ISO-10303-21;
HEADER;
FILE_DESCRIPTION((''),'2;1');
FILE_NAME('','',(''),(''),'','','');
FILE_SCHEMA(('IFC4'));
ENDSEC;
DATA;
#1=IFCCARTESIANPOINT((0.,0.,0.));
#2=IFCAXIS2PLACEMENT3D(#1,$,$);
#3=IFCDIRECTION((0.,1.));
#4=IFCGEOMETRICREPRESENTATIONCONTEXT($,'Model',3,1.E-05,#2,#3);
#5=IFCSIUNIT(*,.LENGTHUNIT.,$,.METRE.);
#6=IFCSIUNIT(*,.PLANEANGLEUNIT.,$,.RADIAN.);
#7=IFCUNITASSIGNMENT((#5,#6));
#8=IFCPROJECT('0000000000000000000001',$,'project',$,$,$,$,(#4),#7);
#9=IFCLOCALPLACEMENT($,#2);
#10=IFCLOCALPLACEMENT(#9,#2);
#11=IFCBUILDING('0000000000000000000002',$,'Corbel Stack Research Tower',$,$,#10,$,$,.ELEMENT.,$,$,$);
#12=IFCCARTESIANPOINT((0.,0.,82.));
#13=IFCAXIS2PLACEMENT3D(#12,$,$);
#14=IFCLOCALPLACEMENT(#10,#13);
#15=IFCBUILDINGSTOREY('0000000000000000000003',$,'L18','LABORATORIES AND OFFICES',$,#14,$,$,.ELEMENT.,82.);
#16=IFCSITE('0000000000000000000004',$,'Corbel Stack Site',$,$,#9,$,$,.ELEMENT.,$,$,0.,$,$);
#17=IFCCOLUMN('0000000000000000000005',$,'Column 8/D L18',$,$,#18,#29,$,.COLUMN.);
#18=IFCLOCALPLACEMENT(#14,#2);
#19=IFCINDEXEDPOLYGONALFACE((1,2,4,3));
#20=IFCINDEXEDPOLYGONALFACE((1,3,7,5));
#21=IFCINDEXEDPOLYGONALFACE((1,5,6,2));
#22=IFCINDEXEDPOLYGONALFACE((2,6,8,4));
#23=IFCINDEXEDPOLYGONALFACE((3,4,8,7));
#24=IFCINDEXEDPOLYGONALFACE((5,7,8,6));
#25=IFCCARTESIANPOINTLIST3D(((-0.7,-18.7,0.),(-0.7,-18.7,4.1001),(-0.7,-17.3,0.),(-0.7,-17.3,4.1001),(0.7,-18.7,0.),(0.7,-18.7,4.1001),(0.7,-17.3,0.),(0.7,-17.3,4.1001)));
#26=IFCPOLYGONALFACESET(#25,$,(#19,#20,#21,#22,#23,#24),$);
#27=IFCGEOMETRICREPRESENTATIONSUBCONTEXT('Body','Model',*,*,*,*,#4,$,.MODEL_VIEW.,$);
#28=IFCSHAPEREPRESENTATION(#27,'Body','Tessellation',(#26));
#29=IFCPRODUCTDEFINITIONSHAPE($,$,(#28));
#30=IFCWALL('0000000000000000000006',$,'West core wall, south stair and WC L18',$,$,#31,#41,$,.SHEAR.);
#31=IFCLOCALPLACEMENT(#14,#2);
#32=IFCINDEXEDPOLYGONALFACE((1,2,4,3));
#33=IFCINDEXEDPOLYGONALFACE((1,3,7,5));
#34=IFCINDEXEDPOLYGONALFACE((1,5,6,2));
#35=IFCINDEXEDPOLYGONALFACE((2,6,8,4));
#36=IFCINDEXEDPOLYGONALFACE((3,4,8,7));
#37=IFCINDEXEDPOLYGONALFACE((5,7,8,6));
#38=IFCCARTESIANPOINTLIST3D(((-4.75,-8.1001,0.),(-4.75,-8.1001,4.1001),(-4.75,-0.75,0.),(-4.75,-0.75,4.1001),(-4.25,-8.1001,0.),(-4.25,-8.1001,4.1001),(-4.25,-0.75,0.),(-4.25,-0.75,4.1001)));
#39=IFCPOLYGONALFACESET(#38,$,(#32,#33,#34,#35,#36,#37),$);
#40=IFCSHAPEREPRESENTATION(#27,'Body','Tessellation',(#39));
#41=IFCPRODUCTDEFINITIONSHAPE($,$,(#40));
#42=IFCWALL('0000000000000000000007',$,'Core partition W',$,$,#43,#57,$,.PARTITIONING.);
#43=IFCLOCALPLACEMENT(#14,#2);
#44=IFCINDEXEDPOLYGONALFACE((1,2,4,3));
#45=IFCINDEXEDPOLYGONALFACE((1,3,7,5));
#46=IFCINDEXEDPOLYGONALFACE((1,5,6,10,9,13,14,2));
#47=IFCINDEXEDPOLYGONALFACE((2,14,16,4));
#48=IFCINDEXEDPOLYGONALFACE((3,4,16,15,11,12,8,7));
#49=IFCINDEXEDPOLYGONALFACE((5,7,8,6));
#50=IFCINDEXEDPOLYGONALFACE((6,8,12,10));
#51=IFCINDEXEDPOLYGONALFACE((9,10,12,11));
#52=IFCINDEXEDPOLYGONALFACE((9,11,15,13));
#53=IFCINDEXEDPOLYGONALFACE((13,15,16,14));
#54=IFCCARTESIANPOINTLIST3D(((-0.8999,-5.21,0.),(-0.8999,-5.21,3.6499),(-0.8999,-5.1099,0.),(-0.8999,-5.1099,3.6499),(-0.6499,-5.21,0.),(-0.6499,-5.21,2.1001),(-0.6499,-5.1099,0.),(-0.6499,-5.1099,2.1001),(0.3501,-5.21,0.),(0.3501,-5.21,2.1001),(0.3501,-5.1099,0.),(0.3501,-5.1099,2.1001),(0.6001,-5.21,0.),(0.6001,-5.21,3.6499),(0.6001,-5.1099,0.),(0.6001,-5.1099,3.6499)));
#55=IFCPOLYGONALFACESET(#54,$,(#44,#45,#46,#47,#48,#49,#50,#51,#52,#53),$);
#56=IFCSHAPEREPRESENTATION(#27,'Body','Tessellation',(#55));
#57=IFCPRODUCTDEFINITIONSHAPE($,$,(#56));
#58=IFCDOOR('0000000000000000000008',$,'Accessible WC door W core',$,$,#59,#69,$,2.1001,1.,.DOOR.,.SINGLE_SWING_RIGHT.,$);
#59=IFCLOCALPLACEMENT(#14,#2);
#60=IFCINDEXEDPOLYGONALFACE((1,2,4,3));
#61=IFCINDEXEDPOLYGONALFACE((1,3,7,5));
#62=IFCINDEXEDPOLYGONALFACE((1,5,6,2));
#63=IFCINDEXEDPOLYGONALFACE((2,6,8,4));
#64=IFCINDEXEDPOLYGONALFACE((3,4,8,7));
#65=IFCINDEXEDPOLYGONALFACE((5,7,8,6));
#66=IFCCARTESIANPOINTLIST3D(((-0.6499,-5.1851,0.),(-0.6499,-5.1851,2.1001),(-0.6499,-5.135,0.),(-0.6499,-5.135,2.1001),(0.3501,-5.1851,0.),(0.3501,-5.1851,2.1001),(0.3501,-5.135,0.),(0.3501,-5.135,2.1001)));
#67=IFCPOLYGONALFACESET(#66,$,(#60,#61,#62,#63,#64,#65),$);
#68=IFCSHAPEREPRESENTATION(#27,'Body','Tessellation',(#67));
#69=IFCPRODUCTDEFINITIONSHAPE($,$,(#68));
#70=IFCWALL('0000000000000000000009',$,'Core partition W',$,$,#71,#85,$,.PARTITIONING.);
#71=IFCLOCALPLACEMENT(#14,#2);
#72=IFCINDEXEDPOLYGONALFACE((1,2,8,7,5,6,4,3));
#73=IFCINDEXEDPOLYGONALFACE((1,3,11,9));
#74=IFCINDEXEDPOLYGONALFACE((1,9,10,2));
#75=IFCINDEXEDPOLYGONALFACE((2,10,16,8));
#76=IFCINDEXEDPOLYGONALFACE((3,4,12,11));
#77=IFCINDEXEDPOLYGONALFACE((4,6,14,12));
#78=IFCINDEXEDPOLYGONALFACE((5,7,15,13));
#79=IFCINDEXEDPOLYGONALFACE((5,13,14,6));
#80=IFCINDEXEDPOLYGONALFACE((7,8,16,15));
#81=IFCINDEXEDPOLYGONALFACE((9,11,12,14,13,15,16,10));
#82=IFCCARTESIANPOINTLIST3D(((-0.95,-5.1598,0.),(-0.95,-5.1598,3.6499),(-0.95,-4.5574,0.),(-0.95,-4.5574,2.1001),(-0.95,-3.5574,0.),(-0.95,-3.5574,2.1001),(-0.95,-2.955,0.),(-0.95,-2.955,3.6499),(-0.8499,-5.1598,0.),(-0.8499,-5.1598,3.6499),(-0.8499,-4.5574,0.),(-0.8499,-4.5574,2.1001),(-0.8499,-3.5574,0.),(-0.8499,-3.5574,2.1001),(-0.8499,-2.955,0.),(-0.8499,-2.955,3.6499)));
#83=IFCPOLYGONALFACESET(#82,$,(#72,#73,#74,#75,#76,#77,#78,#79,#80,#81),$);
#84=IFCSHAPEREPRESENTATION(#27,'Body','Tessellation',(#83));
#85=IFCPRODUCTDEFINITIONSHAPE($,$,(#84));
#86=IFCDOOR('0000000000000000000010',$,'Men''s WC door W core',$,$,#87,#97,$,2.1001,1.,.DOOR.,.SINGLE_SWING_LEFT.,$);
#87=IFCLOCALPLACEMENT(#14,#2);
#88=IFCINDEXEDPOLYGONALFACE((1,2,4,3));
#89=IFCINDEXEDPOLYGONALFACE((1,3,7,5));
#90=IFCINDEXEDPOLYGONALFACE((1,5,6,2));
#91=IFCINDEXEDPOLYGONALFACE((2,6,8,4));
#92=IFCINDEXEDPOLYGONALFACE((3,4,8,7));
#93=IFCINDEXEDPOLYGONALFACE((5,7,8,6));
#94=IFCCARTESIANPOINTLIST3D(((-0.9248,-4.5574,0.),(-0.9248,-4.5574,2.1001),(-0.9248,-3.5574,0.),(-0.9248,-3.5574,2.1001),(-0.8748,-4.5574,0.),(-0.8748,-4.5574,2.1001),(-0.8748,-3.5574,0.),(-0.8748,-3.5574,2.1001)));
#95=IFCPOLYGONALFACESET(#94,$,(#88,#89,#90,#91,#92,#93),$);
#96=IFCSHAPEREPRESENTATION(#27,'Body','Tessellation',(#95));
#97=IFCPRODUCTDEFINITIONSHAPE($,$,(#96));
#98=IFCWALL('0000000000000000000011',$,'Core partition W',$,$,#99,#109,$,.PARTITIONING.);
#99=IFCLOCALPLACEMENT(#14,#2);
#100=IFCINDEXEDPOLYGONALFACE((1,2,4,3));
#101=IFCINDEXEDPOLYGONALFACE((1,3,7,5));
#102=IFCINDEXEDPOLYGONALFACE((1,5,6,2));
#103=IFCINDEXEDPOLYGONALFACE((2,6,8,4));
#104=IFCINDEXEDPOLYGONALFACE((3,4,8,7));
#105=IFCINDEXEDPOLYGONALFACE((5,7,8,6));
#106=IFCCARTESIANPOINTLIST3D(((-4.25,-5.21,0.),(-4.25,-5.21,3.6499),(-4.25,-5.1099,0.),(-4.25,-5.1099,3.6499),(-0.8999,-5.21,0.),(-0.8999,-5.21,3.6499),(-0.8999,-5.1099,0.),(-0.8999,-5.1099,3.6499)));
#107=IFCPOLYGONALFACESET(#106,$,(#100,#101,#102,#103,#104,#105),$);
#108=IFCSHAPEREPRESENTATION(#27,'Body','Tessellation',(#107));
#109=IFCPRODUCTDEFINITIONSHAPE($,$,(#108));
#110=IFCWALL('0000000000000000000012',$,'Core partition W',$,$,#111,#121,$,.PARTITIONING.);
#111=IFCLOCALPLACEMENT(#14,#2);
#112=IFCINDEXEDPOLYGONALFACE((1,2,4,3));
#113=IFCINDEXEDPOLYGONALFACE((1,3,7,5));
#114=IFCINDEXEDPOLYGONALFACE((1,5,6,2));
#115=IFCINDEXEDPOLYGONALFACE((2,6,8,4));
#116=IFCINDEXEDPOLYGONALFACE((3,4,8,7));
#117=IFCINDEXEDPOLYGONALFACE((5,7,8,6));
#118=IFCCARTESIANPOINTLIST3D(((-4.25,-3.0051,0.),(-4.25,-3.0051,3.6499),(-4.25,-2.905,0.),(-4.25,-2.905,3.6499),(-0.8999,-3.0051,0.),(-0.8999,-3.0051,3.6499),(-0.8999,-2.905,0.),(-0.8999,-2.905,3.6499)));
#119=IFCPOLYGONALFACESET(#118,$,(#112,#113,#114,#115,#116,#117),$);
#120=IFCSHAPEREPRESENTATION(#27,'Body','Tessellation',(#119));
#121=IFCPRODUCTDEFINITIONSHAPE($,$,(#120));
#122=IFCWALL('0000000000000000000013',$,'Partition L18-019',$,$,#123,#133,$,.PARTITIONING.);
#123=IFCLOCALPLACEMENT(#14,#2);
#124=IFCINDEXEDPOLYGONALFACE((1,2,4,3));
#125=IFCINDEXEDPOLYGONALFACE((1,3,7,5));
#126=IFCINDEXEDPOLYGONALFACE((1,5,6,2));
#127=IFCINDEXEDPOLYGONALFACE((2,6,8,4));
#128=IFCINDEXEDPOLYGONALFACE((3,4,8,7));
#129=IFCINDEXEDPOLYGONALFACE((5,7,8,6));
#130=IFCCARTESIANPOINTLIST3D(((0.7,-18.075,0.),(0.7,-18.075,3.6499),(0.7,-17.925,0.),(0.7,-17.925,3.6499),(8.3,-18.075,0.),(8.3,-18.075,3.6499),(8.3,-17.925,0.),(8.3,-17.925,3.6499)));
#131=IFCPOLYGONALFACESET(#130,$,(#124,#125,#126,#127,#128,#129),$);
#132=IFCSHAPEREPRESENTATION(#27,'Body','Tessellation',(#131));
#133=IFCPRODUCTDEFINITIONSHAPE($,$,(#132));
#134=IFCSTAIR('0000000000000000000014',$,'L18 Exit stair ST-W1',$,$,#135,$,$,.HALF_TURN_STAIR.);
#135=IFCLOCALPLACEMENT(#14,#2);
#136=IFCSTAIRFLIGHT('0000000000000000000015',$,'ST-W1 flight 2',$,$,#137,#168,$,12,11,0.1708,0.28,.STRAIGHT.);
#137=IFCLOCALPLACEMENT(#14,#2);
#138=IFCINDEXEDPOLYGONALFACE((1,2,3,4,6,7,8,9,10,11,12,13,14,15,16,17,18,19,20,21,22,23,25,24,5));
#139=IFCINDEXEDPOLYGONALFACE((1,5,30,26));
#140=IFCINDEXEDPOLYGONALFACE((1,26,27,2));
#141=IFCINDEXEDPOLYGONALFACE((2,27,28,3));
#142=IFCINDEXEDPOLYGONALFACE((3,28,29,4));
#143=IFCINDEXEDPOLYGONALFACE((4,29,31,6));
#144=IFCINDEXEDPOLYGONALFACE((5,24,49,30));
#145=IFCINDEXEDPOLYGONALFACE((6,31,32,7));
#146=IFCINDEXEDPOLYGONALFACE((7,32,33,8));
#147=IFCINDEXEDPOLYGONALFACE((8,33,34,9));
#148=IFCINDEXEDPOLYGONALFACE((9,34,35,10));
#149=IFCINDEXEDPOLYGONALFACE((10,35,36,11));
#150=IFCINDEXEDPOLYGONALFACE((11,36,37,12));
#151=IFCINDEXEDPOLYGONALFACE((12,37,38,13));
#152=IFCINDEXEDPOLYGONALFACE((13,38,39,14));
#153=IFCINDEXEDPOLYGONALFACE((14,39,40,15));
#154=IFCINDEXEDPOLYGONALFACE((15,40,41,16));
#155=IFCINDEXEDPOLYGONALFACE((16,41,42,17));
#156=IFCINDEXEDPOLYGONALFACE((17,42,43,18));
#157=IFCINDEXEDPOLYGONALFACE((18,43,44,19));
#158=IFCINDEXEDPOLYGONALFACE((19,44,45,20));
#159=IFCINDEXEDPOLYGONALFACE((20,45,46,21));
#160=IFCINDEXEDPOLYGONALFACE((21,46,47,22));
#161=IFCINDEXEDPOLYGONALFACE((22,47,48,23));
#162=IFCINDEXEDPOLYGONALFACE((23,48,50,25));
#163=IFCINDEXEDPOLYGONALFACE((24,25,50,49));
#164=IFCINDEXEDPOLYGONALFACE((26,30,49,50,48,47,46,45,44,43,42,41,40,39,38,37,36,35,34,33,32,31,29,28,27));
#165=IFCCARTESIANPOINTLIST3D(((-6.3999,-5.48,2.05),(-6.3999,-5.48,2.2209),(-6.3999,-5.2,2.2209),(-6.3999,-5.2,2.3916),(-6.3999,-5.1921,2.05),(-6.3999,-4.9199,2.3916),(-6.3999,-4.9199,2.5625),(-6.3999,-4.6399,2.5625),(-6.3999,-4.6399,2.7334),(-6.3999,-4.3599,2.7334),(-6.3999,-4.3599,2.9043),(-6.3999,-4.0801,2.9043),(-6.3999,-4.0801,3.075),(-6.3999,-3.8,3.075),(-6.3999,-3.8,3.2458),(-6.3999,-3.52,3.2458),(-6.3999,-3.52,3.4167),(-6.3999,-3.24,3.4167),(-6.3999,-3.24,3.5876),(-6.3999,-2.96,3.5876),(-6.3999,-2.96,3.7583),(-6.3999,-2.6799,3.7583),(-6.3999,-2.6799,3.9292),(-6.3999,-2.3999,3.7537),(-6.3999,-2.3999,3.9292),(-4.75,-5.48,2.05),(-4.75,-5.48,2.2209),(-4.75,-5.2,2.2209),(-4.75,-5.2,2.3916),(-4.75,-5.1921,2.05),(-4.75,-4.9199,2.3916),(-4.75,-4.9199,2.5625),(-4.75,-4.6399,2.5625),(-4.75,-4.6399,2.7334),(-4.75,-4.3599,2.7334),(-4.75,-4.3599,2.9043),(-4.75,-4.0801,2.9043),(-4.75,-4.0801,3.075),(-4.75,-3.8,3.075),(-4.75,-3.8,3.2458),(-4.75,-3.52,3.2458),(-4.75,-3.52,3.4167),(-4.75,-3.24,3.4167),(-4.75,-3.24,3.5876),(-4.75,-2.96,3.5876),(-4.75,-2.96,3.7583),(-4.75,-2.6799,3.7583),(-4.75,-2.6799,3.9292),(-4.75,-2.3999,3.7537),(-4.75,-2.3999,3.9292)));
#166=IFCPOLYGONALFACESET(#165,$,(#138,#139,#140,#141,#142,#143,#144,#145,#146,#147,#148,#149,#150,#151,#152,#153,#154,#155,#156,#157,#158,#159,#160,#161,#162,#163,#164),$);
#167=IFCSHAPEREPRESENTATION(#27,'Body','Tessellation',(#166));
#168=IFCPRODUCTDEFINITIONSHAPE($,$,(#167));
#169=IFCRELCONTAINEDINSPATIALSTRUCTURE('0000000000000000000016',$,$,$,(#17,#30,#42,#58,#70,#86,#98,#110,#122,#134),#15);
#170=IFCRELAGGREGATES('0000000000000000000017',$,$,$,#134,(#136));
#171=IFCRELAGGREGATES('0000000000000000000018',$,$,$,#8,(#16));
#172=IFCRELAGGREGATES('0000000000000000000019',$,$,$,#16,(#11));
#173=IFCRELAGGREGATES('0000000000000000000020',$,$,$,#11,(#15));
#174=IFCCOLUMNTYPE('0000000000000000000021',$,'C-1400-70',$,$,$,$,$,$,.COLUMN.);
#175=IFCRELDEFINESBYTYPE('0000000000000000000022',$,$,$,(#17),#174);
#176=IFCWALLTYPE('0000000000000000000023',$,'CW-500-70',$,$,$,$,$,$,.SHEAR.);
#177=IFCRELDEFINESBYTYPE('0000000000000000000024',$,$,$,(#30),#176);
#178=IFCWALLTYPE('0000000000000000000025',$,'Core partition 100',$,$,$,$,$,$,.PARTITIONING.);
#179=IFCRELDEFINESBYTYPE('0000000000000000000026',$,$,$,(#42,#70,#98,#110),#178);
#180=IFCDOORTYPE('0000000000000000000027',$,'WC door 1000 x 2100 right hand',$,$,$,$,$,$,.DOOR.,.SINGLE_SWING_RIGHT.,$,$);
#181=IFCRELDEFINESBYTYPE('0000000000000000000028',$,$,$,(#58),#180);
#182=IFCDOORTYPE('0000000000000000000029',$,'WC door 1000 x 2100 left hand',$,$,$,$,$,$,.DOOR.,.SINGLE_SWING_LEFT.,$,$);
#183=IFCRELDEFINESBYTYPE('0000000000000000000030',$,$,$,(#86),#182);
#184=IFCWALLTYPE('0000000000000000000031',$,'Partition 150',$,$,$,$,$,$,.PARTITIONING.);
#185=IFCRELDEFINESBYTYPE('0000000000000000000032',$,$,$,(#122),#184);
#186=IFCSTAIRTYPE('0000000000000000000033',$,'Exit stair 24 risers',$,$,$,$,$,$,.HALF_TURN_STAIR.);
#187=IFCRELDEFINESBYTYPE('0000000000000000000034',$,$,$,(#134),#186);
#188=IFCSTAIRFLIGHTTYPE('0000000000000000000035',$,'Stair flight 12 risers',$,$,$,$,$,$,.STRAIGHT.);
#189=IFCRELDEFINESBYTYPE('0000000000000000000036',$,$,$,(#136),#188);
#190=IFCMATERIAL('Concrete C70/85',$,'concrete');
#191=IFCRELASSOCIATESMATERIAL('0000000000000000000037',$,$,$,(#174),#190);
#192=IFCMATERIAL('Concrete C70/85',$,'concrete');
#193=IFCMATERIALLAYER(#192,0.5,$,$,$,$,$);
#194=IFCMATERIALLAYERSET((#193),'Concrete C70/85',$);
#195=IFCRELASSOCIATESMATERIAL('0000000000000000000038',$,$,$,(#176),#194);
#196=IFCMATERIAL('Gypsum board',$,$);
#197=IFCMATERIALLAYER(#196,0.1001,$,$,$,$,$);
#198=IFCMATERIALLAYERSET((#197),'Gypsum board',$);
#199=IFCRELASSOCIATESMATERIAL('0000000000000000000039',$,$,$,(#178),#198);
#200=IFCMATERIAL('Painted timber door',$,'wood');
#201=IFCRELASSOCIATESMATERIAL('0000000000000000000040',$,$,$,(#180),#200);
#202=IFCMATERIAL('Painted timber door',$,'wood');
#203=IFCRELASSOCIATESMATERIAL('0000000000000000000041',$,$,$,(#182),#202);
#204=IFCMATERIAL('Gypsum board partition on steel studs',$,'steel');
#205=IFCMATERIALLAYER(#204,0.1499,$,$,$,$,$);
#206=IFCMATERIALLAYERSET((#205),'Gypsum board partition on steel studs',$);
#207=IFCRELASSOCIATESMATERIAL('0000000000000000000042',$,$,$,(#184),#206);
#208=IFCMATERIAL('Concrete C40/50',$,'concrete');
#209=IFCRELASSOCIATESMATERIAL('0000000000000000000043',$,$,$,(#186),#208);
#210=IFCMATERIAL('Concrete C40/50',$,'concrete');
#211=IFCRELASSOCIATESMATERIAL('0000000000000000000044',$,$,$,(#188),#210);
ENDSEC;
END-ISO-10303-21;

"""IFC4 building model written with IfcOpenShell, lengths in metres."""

from ifc_helpers import new_model, si_unit, direction, frame, frame_2d, origin, origin_2d, place, context, subcontext, project, spatial, polyline, rectangle, outline, extrude, material, layer, layer_set, material_profile, profile_set, type_object, element, fill, aggregate, save


model = new_model("IFC4")

# Units and contexts
model_context = context("Model", 3, precision=1e-05, world=origin(), true_north=direction((0.0, 1.0)))
body_context = subcontext(model_context, "Body", "Model", "MODEL_VIEW")
ifc_project = project(units=[si_unit("LENGTHUNIT", "METRE"), si_unit("PLANEANGLEUNIT", "RADIAN")], contexts=[model_context])

# Site, building, storey
site_placement = place(None, origin())
site = spatial("IfcSite", under=ifc_project, at=site_placement, Name="Corbel Stack Site", CompositionType="ELEMENT", RefElevation=0.0)
building_placement = place(site_placement, origin())
building = spatial("IfcBuilding", under=site, at=building_placement, Name="Corbel Stack Research Tower", CompositionType="ELEMENT")
storey_placement = place(building_placement, frame((0.0, 0.0, 82.0)))
storey = spatial("IfcBuildingStorey", under=building, at=storey_placement, Name="L18", Description="LABORATORIES AND OFFICES", CompositionType="ELEMENT", Elevation=82.0)

# Column
ifc_material_1 = material(Name="Concrete C70/85", Category="concrete")
ifc_material_profile = material_profile(ifc_material_1, rectangle(XDim=1.3999, YDim=1.3999, at=origin_2d()), Name="RC 1400 x 1400")
ifc_profile_set = profile_set([ifc_material_profile], Name="Concrete C70/85")
column_type = type_object("IfcColumnType", Name="C-1400-70", PredefinedType="COLUMN", material=ifc_profile_set)
column_placement = place(storey_placement, frame((0.0, -18.0, 0.0), z_axis=(0.0, 0.0, 1.0), x_axis=(1.0, 0.0, 0.0)))
element("IfcColumn", 1, at=column_placement, inside=storey, type_object=column_type, Name="Column 8/D L18", PredefinedType="COLUMN", context=body_context, shape_type="SweptSolid", body=[
    extrude(rectangle(XDim=1.3999, YDim=1.3999, at=origin_2d()), origin(), (0.0, 0.0, 1.0), 4.1001),
])

# Wall
ifc_material_2 = material(Name="Concrete C70/85", Category="concrete")
ifc_layer_1 = layer(ifc_material_2, 0.5)
ifc_layer_set_1 = layer_set([ifc_layer_1], Name="Concrete C70/85")
wall_type_1 = type_object("IfcWallType", Name="CW-500-70", PredefinedType="SHEAR", material=ifc_layer_set_1)
wall_1_placement = place(storey_placement, frame((-4.5, -8.1001, 0.0), z_axis=(0.0, 0.0, 1.0), x_axis=(0.0, 1.0, 0.0)))
element("IfcWall", 2, at=wall_1_placement, inside=storey, type_object=wall_type_1, Name="West core wall, south stair and WC L18", PredefinedType="SHEAR", context=body_context, shape_type="SweptSolid", body=[
    extrude(rectangle(XDim=7.3501, YDim=0.5, at=frame_2d((3.675, 0.0))), origin(), (0.0, 0.0, 1.0), 4.1001),
])

# Walls, openings, doors
ifc_material_3 = material(Name="Gypsum board")
ifc_layer_2 = layer(ifc_material_3, 0.1001)
ifc_layer_set_2 = layer_set([ifc_layer_2], Name="Gypsum board")
wall_type_2 = type_object("IfcWallType", Name="Core partition 100", PredefinedType="PARTITIONING", material=ifc_layer_set_2)
wall_2_placement = place(storey_placement, frame((-0.8999, -5.1599, 0.0), z_axis=(0.0, 0.0, 1.0), x_axis=(1.0, 0.0, 0.0)))
wall_2 = element("IfcWall", 3, at=wall_2_placement, inside=storey, type_object=wall_type_2, Name="Core partition W", PredefinedType="PARTITIONING", context=body_context, shape_type="SweptSolid", body=[
    extrude(rectangle(XDim=1.5, YDim=0.1001, at=frame_2d((0.75, 0.0))), origin(), (0.0, 0.0, 1.0), 3.6499),
])
opening_1_placement = place(wall_2_placement, frame((0.25, 0.0, 0.0)))
opening_1 = element("IfcOpeningElement", 4, at=opening_1_placement, cuts=wall_2, PredefinedType="OPENING", context=body_context, shape_type="SweptSolid", body=[
    extrude(rectangle(XDim=1.0, YDim=2.1001, at=frame_2d((0.5, 1.05))), frame((0.0, 0.0601, 0.0), z_axis=(0.0, -1.0, 0.0), x_axis=(1.0, 0.0, 0.0)), (0.0, 0.0, 1.0), 0.1201),
])
ifc_material_4 = material(Name="Painted timber door", Category="wood")
door_type_1 = type_object("IfcDoorType", Name="WC door 1000 x 2100 right hand", OperationType="SINGLE_SWING_RIGHT", PredefinedType="DOOR", material=ifc_material_4)
door_1_placement = place(opening_1_placement, origin())
door_1 = element("IfcDoor", 5, at=door_1_placement, inside=storey, type_object=door_type_1, Name="Accessible WC door W core", OperationType="SINGLE_SWING_RIGHT", OverallHeight=2.1001, OverallWidth=1.0, PredefinedType="DOOR", context=body_context, shape_type="SweptSolid", body=[
    extrude(rectangle(XDim=1.0, YDim=2.1001, at=frame_2d((0.5, 1.05))), frame((0.0, 0.0249, 0.0), z_axis=(0.0, -1.0, 0.0), x_axis=(1.0, 0.0, 0.0)), (0.0, 0.0, 1.0), 0.05),
])
fill(opening_1, door_1)
wall_3_placement = place(storey_placement, frame((-0.8999, -5.1599, 0.0), z_axis=(0.0, 0.0, 1.0), x_axis=(0.0, 1.0, 0.0)))
wall_3 = element("IfcWall", 6, at=wall_3_placement, inside=storey, type_object=wall_type_2, Name="Core partition W", PredefinedType="PARTITIONING", context=body_context, shape_type="SweptSolid", body=[
    extrude(rectangle(XDim=2.2048, YDim=0.1001, at=frame_2d((1.1025, 0.0))), origin(), (0.0, 0.0, 1.0), 3.6499),
])
opening_2_placement = place(wall_3_placement, frame((0.6025, 0.0, 0.0)))
opening_2 = element("IfcOpeningElement", 7, at=opening_2_placement, cuts=wall_3, PredefinedType="OPENING", context=body_context, shape_type="SweptSolid", body=[
    extrude(rectangle(XDim=1.0, YDim=2.1001, at=frame_2d((0.5, 1.05))), frame((0.0, 0.0601, 0.0), z_axis=(0.0, -1.0, 0.0), x_axis=(1.0, 0.0, 0.0)), (0.0, 0.0, 1.0), 0.1201),
])
ifc_material_5 = material(Name="Painted timber door", Category="wood")
door_type_2 = type_object("IfcDoorType", Name="WC door 1000 x 2100 left hand", OperationType="SINGLE_SWING_LEFT", PredefinedType="DOOR", material=ifc_material_5)
door_2_placement = place(opening_2_placement, origin())
door_2 = element("IfcDoor", 8, at=door_2_placement, inside=storey, type_object=door_type_2, Name="Men's WC door W core", OperationType="SINGLE_SWING_LEFT", OverallHeight=2.1001, OverallWidth=1.0, PredefinedType="DOOR", context=body_context, shape_type="SweptSolid", body=[
    extrude(rectangle(XDim=1.0, YDim=2.1001, at=frame_2d((0.5, 1.05))), frame((0.0, 0.0249, 0.0), z_axis=(0.0, -1.0, 0.0), x_axis=(1.0, 0.0, 0.0)), (0.0, 0.0, 1.0), 0.05),
])
fill(opening_2, door_2)

# Walls
for number, where, z_axis, x_axis, name in (
    (9, (-4.25, -5.1599, 0.0), (0.0, 0.0, 1.0), (1.0, 0.0, 0.0), "Core partition W"),
    (10, (-4.25, -2.9551, 0.0), (0.0, 0.0, 1.0), (1.0, 0.0, 0.0), "Core partition W"),
):
    element("IfcWall", number, at=place(storey_placement, frame(where, z_axis=z_axis, x_axis=x_axis)), inside=storey, type_object=wall_type_2, Name=name, PredefinedType="PARTITIONING", context=body_context, shape_type="SweptSolid", body=[
        extrude(rectangle(XDim=3.3501, YDim=0.1001, at=frame_2d((1.675, 0.0))), origin(), (0.0, 0.0, 1.0), 3.6499),
    ])
ifc_material_6 = material(Name="Gypsum board partition on steel studs", Category="steel")
ifc_layer_3 = layer(ifc_material_6, 0.1499)
ifc_layer_set_3 = layer_set([ifc_layer_3], Name="Gypsum board partition on steel studs")
wall_type_3 = type_object("IfcWallType", Name="Partition 150", PredefinedType="PARTITIONING", material=ifc_layer_set_3)
wall_4_placement = place(storey_placement, frame((0.7, -18.0, 0.0), z_axis=(0.0, 0.0, 1.0), x_axis=(1.0, 0.0, 0.0)))
element("IfcWall", 11, at=wall_4_placement, inside=storey, type_object=wall_type_3, Name="Partition L18-019", PredefinedType="PARTITIONING", context=body_context, shape_type="SweptSolid", body=[
    extrude(rectangle(XDim=7.6001, YDim=0.1499, at=frame_2d((3.8, 0.0))), origin(), (0.0, 0.0, 1.0), 3.6499),
])

# Stair, stair flight
ifc_material_7 = material(Name="Concrete C40/50", Category="concrete")
stair_type = type_object("IfcStairType", Name="Exit stair 24 risers", PredefinedType="HALF_TURN_STAIR", material=ifc_material_7)
stair_placement = place(storey_placement, origin())
stair = element("IfcStair", 12, at=stair_placement, inside=storey, type_object=stair_type, Name="L18 Exit stair ST-W1", PredefinedType="HALF_TURN_STAIR")
ifc_material_8 = material(Name="Concrete C40/50", Category="concrete")
stair_flight_type = type_object("IfcStairFlightType", Name="Stair flight 12 risers", PredefinedType="STRAIGHT", material=ifc_material_8)
stair_flight_placement = place(storey_placement, frame((-5.575, -5.48, 2.05), z_axis=(0.0, 0.0, 1.0), x_axis=(0.0, 1.0, 0.0)))
stair_flight = element("IfcStairFlight", 13, at=stair_flight_placement, type_object=stair_flight_type, Name="ST-W1 flight 2", NumberOfRisers=12, NumberOfTreads=11, PredefinedType="STRAIGHT", RiserHeight=0.1708, TreadLength=0.28, context=body_context, shape_type="SweptSolid", body=[
    extrude(outline(polyline([(0.0, 0.0), (0.0, 0.1709), (0.28, 0.1709), (0.28, 0.3416), (0.5601, 0.3416), (0.5601, 0.5125), (0.8401, 0.5125), (0.8401, 0.6833), (1.1201, 0.6833), (1.1201, 0.8542), (1.3999, 0.8542), (1.3999, 1.0249), (1.6799, 1.0249), (1.6799, 1.1958), (1.96, 1.1958), (1.96, 1.3667), (2.24, 1.3667), (2.24, 1.5376), (2.52, 1.5376), (2.52, 1.7083), (2.8, 1.7083), (2.8, 1.8792), (3.0801, 1.8792), (3.0801, 2.05), (3.0801, 1.7036), (0.2878, 0.0), (0.0, 0.0)])), frame((0.0, 0.825, 0.0), z_axis=(0.0, -1.0, 0.0), x_axis=(1.0, 0.0, 0.0)), (0.0, 0.0, 1.0), 1.6499),
])
aggregate(stair, [stair_flight])

save(model, "model.ifc")
